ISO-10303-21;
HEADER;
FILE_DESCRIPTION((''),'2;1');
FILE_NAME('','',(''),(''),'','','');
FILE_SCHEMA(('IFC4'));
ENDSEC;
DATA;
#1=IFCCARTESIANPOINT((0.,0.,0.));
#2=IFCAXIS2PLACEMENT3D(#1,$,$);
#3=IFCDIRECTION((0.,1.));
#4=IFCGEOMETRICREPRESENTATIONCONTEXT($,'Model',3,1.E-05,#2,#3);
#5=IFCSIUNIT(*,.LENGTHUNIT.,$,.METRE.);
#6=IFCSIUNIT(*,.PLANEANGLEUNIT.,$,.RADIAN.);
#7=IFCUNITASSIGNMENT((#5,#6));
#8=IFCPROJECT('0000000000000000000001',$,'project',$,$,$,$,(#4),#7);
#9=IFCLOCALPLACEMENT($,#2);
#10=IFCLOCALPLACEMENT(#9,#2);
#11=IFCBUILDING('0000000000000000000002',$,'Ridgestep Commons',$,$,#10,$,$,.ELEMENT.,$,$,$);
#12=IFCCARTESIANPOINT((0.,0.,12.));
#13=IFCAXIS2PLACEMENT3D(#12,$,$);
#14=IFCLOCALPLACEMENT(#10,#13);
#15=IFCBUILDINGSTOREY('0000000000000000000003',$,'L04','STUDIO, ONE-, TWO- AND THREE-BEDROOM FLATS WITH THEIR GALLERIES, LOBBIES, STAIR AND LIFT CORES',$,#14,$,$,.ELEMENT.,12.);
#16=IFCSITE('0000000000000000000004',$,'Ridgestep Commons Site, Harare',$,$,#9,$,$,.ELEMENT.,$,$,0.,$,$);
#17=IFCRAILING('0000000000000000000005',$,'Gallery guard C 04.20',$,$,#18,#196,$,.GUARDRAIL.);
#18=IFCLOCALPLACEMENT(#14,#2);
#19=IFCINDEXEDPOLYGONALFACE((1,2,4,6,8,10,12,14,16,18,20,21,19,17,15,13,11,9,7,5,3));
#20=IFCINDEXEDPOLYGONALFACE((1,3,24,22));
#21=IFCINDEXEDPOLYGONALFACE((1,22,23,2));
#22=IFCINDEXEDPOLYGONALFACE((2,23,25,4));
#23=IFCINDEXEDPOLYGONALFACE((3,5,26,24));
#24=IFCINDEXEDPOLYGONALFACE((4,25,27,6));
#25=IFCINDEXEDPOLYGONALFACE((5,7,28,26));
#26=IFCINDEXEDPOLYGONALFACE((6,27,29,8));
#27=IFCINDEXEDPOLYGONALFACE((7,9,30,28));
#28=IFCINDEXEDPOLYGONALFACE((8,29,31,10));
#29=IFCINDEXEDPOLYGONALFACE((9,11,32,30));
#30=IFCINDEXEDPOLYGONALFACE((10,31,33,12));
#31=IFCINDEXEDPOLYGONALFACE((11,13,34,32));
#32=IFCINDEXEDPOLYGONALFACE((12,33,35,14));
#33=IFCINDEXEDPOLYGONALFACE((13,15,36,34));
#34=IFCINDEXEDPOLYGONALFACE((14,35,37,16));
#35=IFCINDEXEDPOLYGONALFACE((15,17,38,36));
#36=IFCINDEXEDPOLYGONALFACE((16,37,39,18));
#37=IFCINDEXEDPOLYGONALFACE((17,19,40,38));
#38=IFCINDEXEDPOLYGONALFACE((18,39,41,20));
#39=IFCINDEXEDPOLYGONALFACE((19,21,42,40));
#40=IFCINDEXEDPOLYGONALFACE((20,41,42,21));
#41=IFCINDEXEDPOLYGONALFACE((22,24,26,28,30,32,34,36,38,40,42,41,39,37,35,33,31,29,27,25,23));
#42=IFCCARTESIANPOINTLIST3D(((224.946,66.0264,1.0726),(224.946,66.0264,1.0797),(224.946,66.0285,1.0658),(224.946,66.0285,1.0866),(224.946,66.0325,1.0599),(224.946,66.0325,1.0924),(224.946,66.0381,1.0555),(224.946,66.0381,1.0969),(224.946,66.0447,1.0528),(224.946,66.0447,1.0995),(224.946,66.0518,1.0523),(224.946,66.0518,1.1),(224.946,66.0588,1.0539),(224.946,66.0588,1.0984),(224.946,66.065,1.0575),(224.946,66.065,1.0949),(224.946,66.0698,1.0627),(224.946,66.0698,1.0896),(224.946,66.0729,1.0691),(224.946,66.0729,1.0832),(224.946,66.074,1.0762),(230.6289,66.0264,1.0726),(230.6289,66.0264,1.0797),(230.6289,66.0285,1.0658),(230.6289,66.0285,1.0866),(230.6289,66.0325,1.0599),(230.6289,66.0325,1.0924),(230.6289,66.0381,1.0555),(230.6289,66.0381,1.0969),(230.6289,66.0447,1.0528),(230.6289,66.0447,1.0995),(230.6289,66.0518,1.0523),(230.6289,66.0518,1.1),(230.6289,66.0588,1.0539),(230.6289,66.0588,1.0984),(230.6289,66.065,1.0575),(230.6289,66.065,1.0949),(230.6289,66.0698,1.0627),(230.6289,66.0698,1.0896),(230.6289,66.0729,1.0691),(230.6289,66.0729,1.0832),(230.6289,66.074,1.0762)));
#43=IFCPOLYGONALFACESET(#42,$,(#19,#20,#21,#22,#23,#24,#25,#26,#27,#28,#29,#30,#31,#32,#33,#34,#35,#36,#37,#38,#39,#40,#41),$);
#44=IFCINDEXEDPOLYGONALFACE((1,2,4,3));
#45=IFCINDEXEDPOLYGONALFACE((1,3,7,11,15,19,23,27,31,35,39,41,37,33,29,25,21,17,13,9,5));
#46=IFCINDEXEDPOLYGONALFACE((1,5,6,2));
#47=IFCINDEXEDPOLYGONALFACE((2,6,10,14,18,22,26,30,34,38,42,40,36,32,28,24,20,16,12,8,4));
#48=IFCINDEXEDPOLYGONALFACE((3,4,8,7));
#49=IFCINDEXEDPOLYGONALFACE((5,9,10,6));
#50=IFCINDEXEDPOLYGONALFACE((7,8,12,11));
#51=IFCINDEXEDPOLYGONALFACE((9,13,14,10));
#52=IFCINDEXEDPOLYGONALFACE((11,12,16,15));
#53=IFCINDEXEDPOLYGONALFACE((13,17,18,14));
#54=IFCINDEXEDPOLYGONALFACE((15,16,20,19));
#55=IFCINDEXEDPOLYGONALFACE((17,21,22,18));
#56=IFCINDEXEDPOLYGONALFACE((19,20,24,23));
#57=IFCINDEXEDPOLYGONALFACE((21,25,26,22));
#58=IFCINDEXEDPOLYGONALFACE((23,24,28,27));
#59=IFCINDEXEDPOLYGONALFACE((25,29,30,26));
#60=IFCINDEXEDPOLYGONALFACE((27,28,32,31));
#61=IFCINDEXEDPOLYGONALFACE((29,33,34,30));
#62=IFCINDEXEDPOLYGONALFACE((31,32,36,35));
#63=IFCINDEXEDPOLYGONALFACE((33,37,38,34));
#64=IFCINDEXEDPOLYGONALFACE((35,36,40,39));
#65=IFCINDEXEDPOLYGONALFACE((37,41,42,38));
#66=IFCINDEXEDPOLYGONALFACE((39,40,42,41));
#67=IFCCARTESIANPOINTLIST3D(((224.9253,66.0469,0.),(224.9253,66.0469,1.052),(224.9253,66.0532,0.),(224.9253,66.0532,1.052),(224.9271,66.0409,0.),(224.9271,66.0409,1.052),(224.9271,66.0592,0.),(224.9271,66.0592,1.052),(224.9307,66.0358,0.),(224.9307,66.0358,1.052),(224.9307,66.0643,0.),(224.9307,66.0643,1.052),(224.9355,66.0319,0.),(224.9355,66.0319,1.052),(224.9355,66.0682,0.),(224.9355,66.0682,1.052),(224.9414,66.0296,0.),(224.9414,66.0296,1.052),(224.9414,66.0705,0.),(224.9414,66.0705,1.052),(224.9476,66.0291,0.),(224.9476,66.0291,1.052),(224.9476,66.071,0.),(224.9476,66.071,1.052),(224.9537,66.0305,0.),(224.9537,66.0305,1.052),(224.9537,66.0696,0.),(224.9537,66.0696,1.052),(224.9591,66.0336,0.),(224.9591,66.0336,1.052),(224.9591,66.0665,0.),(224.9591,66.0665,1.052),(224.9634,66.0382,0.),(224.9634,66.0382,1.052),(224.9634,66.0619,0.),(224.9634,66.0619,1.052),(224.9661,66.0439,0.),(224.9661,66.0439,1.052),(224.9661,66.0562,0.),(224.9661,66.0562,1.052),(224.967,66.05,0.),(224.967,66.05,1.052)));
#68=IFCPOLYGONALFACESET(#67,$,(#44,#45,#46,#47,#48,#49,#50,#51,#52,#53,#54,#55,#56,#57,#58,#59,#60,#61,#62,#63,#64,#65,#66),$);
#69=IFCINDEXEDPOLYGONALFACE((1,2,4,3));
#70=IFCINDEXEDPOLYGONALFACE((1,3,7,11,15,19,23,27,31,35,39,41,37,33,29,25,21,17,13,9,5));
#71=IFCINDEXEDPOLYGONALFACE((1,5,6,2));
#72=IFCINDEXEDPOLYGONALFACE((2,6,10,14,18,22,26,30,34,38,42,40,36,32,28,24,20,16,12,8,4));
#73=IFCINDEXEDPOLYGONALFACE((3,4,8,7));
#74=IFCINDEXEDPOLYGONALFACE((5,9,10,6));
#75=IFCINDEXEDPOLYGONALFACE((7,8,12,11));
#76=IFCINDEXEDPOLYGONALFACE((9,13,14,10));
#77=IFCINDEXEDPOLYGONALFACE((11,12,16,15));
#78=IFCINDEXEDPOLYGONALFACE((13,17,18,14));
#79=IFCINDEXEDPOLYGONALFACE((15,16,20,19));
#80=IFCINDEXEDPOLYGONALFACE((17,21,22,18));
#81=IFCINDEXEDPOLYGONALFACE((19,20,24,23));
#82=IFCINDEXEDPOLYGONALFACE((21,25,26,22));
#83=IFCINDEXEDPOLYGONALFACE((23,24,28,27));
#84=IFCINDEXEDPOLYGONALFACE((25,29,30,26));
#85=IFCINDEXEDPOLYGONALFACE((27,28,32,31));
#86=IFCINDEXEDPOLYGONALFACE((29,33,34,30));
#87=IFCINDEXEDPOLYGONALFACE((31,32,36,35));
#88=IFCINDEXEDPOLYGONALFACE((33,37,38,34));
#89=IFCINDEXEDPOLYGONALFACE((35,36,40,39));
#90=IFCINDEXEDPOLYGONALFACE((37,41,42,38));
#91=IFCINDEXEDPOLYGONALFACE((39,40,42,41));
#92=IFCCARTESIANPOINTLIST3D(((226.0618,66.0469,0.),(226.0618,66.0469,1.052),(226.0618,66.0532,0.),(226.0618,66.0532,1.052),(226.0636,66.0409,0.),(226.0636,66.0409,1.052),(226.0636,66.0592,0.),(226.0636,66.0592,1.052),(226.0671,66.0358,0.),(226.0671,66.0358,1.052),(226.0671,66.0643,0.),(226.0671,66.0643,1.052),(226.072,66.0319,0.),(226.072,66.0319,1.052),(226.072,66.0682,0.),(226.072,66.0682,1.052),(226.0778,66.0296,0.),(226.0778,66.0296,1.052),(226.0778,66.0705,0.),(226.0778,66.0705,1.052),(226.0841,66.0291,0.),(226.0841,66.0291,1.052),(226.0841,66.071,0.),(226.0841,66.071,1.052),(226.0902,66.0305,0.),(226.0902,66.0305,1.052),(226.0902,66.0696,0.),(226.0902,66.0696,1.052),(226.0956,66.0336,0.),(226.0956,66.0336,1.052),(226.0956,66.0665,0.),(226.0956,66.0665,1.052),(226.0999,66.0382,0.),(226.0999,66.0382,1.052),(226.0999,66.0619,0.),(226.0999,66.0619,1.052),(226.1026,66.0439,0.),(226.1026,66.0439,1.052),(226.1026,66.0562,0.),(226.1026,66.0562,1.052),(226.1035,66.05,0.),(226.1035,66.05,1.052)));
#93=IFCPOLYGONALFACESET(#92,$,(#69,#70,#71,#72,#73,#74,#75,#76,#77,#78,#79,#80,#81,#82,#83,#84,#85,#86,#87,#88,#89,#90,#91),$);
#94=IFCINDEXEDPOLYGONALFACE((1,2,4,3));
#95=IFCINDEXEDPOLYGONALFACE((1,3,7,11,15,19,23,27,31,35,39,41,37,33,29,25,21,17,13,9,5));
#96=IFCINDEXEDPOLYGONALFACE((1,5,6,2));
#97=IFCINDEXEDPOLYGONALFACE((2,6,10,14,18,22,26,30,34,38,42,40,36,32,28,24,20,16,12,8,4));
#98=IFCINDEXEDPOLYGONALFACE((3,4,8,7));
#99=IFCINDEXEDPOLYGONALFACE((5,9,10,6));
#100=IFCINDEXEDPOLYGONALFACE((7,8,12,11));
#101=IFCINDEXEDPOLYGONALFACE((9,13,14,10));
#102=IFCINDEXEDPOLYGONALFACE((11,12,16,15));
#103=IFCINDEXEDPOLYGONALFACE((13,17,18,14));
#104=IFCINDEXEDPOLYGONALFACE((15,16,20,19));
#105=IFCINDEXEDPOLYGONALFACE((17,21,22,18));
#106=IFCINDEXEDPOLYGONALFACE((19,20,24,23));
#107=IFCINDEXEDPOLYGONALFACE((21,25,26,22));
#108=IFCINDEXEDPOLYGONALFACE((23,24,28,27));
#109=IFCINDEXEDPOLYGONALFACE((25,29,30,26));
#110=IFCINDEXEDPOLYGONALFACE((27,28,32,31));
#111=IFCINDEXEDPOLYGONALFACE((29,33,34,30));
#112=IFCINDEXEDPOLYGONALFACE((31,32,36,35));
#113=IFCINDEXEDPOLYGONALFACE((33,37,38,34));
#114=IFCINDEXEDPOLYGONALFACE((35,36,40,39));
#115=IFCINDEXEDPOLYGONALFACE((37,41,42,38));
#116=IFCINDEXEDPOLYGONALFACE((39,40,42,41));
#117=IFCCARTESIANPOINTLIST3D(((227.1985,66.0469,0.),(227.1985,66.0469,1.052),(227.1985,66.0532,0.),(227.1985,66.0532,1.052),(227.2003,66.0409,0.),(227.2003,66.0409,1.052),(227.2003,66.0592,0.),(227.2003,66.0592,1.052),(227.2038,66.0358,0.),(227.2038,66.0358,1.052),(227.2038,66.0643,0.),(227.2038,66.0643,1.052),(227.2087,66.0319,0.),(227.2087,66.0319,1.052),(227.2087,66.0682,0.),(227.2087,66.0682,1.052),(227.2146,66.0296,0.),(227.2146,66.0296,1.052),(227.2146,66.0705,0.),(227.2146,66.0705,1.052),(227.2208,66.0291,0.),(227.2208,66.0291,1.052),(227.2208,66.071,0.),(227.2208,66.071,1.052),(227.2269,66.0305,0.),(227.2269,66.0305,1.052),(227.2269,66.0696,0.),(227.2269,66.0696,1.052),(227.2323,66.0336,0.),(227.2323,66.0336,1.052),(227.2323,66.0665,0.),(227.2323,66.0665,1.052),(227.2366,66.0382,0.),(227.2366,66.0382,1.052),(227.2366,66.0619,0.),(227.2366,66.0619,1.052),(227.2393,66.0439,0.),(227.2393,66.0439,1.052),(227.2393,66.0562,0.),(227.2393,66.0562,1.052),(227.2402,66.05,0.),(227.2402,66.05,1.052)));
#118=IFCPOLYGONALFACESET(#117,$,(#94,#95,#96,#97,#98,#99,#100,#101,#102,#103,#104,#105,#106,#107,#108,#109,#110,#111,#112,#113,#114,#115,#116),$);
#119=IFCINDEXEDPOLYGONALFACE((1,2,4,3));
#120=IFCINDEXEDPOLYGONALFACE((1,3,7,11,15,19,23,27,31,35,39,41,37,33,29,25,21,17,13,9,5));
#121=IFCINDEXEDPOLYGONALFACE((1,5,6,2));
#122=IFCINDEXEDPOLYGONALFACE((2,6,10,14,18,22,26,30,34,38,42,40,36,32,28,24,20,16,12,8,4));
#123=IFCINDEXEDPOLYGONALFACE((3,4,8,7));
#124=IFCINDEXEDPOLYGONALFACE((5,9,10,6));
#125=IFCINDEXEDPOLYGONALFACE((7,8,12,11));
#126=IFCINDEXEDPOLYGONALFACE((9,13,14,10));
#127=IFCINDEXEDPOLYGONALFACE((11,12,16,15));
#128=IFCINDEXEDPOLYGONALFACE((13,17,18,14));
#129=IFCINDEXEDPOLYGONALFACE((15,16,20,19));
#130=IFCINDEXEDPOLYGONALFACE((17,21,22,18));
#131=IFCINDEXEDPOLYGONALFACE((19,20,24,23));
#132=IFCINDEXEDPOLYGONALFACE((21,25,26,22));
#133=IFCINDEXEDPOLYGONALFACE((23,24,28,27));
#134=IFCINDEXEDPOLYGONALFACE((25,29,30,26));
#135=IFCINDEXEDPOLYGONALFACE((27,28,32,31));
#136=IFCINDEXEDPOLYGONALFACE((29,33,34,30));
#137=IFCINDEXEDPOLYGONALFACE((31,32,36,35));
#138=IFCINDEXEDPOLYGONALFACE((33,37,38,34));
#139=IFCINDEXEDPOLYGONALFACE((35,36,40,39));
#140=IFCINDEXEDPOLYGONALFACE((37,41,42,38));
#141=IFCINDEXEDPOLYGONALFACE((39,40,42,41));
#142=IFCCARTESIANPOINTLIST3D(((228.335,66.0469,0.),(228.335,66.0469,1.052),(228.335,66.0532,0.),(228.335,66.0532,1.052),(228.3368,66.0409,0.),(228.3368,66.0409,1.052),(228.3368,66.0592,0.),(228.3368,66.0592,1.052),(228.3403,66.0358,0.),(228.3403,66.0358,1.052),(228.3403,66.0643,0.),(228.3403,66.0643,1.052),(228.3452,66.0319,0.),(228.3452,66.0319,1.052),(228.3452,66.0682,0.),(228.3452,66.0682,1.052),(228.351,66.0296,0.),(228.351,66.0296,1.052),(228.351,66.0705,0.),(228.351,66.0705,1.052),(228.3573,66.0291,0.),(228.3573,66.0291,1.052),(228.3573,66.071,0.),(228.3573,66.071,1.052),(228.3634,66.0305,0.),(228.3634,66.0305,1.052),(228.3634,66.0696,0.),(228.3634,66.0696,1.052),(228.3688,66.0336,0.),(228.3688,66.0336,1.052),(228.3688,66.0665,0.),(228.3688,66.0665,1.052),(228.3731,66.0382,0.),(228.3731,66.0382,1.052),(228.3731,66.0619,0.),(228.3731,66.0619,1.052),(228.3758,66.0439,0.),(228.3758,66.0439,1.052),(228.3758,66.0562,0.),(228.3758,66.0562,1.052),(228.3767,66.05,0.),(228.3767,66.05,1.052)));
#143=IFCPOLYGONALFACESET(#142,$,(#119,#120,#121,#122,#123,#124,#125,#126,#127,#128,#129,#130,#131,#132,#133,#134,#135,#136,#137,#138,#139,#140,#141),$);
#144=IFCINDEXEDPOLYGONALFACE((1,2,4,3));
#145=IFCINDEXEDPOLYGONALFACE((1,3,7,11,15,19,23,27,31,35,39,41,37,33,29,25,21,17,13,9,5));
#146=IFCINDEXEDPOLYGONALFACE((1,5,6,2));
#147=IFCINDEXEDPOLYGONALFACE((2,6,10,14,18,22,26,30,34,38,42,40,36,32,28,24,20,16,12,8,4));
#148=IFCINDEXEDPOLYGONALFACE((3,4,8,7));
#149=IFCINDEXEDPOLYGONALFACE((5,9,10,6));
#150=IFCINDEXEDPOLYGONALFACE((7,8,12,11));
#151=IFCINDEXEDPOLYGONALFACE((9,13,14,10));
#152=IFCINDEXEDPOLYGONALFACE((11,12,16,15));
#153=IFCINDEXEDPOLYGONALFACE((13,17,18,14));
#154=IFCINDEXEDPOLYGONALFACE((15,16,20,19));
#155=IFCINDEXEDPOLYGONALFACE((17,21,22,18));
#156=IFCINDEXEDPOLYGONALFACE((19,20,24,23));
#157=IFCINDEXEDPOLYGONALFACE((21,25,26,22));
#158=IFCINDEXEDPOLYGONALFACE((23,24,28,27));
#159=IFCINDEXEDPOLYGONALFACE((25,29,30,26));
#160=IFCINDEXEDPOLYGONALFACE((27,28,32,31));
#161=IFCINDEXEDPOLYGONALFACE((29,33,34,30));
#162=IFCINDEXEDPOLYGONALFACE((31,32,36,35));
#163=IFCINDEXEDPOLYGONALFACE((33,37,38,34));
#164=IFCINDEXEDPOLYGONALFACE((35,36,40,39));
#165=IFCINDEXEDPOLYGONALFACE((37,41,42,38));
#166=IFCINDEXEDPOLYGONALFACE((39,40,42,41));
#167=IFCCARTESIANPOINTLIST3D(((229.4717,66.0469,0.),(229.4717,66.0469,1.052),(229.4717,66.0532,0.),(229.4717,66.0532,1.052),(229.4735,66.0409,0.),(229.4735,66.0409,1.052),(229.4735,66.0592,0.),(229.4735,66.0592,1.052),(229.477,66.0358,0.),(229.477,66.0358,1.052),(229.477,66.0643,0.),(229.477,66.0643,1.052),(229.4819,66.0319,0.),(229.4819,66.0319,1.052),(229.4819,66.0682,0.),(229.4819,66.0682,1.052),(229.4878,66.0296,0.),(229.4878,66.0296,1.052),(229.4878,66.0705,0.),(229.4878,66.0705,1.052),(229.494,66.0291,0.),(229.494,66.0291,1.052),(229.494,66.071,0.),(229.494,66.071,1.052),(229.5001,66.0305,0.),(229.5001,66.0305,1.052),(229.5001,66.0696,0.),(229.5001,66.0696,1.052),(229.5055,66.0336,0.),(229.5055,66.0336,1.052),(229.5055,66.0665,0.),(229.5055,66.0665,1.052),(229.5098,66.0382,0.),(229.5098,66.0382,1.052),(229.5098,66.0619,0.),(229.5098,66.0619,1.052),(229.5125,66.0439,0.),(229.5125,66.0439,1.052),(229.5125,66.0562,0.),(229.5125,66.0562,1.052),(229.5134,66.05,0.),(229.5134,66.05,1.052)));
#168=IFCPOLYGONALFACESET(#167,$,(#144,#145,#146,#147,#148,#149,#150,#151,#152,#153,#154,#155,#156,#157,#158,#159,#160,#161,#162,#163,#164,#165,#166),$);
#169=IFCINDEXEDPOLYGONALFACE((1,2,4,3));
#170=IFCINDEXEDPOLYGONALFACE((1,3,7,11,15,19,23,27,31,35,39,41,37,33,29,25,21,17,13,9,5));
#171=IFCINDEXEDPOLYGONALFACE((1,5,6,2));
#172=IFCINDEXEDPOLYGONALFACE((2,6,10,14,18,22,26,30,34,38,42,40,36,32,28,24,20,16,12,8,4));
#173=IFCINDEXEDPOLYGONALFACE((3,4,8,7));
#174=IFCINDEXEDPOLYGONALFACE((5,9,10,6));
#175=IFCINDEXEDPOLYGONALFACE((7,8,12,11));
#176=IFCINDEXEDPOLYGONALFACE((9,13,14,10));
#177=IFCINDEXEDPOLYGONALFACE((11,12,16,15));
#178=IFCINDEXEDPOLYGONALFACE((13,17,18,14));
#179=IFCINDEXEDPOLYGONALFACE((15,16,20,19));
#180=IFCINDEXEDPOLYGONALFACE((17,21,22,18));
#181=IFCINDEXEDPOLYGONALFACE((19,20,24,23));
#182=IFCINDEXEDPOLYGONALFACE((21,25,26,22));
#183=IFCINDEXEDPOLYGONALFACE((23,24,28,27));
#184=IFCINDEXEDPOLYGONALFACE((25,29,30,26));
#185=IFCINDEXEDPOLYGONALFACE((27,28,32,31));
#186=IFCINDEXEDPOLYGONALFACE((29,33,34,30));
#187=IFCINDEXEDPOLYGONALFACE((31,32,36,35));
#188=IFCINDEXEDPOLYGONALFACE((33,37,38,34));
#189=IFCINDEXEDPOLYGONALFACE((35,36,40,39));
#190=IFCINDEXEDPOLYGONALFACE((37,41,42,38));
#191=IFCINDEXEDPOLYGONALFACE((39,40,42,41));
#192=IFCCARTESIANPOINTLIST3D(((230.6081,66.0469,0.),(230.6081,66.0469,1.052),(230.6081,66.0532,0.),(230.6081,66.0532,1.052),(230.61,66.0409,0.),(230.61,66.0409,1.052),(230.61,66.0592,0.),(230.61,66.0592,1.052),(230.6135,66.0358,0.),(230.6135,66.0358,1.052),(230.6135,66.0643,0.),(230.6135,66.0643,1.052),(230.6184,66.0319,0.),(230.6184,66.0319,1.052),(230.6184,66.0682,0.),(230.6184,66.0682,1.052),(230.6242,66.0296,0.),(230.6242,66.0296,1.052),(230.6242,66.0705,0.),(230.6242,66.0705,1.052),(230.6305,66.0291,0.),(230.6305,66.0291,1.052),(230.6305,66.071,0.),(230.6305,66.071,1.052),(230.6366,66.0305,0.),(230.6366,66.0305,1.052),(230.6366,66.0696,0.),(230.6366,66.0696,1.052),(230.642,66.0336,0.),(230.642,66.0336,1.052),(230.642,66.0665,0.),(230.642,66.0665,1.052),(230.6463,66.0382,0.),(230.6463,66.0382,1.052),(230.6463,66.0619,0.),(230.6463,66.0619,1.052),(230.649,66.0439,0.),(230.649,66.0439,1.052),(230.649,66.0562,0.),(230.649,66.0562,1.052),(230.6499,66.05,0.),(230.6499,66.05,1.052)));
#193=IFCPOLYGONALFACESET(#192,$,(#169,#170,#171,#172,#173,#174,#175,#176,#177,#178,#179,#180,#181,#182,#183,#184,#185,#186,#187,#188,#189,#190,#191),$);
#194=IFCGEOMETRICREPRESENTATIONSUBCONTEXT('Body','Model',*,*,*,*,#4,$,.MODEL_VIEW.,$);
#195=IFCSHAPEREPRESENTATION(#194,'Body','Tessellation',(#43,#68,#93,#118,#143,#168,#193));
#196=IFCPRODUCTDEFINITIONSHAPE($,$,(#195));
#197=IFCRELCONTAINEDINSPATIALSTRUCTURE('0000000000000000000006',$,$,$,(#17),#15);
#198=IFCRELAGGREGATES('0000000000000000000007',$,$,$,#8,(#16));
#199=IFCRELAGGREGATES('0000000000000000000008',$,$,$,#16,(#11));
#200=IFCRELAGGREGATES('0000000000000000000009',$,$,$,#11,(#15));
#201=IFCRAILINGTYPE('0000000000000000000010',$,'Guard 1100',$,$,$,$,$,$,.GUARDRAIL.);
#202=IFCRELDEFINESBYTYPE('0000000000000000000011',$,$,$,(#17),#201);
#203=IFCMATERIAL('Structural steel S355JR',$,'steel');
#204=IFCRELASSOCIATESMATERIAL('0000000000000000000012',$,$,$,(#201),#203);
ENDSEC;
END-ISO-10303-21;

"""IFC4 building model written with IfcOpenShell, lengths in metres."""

from ifc_helpers import new_model, si_unit, direction, frame, origin, origin_2d, place, context, subcontext, project, spatial, circle, extrude, material, type_object, element, save


model = new_model("IFC4")

# Units and contexts
model_context = context("Model", 3, precision=1e-05, world=origin(), true_north=direction((0.0, 1.0)))
body_context = subcontext(model_context, "Body", "Model", "MODEL_VIEW")
ifc_project = project(units=[si_unit("LENGTHUNIT", "METRE"), si_unit("PLANEANGLEUNIT", "RADIAN")], contexts=[model_context])

# Site, building, storey
site_placement = place(None, origin())
site = spatial("IfcSite", under=ifc_project, at=site_placement, Name="Ridgestep Commons Site, Harare", CompositionType="ELEMENT", RefElevation=0.0)
building_placement = place(site_placement, origin())
building = spatial("IfcBuilding", under=site, at=building_placement, Name="Ridgestep Commons", CompositionType="ELEMENT")
storey_placement = place(building_placement, frame((0.0, 0.0, 12.0)))
storey = spatial("IfcBuildingStorey", under=building, at=storey_placement, Name="L04", Description="STUDIO, ONE-, TWO- AND THREE-BEDROOM FLATS WITH THEIR GALLERIES, LOBBIES, STAIR AND LIFT CORES", CompositionType="ELEMENT", Elevation=12.0)

# Railing
ifc_material_1 = material(Name="Structural steel S355JR", Category="steel")
railing_type = type_object("IfcRailingType", Name="Guard 1100", PredefinedType="GUARDRAIL", material=ifc_material_1)
railing_1_placement = place(storey_placement, frame((224.946, 66.05, 0.0)))
element("IfcRailing", 1, at=railing_1_placement, inside=storey, type_object=railing_type, Name="Gallery guard C 04.20", PredefinedType="GUARDRAIL", context=body_context, shape_type="SweptSolid", body=[
    extrude(circle(Radius=0.0239, at=origin_2d()), frame((0.0, 0.0, 1.0762), z_axis=(1.0, 0.0, 0.0), x_axis=(0.0, 1.0, 0.0)), (0.0, 0.0, 1.0), 5.6829),
    extrude(circle(Radius=0.021, at=origin_2d()), origin(), (0.0, 0.0, 1.0), 1.052),
    extrude(circle(Radius=0.021, at=origin_2d()), frame((1.1365, 0.0, 0.0)), (0.0, 0.0, 1.0), 1.052),
    extrude(circle(Radius=0.021, at=origin_2d()), frame((2.2732, 0.0, 0.0)), (0.0, 0.0, 1.0), 1.052),
    extrude(circle(Radius=0.021, at=origin_2d()), frame((3.4097, 0.0, 0.0)), (0.0, 0.0, 1.0), 1.052),
    extrude(circle(Radius=0.021, at=origin_2d()), frame((4.5464, 0.0, 0.0)), (0.0, 0.0, 1.0), 1.052),
    extrude(circle(Radius=0.021, at=origin_2d()), frame((5.6829, 0.0, 0.0)), (0.0, 0.0, 1.0), 1.052),
])

save(model, "model.ifc")
